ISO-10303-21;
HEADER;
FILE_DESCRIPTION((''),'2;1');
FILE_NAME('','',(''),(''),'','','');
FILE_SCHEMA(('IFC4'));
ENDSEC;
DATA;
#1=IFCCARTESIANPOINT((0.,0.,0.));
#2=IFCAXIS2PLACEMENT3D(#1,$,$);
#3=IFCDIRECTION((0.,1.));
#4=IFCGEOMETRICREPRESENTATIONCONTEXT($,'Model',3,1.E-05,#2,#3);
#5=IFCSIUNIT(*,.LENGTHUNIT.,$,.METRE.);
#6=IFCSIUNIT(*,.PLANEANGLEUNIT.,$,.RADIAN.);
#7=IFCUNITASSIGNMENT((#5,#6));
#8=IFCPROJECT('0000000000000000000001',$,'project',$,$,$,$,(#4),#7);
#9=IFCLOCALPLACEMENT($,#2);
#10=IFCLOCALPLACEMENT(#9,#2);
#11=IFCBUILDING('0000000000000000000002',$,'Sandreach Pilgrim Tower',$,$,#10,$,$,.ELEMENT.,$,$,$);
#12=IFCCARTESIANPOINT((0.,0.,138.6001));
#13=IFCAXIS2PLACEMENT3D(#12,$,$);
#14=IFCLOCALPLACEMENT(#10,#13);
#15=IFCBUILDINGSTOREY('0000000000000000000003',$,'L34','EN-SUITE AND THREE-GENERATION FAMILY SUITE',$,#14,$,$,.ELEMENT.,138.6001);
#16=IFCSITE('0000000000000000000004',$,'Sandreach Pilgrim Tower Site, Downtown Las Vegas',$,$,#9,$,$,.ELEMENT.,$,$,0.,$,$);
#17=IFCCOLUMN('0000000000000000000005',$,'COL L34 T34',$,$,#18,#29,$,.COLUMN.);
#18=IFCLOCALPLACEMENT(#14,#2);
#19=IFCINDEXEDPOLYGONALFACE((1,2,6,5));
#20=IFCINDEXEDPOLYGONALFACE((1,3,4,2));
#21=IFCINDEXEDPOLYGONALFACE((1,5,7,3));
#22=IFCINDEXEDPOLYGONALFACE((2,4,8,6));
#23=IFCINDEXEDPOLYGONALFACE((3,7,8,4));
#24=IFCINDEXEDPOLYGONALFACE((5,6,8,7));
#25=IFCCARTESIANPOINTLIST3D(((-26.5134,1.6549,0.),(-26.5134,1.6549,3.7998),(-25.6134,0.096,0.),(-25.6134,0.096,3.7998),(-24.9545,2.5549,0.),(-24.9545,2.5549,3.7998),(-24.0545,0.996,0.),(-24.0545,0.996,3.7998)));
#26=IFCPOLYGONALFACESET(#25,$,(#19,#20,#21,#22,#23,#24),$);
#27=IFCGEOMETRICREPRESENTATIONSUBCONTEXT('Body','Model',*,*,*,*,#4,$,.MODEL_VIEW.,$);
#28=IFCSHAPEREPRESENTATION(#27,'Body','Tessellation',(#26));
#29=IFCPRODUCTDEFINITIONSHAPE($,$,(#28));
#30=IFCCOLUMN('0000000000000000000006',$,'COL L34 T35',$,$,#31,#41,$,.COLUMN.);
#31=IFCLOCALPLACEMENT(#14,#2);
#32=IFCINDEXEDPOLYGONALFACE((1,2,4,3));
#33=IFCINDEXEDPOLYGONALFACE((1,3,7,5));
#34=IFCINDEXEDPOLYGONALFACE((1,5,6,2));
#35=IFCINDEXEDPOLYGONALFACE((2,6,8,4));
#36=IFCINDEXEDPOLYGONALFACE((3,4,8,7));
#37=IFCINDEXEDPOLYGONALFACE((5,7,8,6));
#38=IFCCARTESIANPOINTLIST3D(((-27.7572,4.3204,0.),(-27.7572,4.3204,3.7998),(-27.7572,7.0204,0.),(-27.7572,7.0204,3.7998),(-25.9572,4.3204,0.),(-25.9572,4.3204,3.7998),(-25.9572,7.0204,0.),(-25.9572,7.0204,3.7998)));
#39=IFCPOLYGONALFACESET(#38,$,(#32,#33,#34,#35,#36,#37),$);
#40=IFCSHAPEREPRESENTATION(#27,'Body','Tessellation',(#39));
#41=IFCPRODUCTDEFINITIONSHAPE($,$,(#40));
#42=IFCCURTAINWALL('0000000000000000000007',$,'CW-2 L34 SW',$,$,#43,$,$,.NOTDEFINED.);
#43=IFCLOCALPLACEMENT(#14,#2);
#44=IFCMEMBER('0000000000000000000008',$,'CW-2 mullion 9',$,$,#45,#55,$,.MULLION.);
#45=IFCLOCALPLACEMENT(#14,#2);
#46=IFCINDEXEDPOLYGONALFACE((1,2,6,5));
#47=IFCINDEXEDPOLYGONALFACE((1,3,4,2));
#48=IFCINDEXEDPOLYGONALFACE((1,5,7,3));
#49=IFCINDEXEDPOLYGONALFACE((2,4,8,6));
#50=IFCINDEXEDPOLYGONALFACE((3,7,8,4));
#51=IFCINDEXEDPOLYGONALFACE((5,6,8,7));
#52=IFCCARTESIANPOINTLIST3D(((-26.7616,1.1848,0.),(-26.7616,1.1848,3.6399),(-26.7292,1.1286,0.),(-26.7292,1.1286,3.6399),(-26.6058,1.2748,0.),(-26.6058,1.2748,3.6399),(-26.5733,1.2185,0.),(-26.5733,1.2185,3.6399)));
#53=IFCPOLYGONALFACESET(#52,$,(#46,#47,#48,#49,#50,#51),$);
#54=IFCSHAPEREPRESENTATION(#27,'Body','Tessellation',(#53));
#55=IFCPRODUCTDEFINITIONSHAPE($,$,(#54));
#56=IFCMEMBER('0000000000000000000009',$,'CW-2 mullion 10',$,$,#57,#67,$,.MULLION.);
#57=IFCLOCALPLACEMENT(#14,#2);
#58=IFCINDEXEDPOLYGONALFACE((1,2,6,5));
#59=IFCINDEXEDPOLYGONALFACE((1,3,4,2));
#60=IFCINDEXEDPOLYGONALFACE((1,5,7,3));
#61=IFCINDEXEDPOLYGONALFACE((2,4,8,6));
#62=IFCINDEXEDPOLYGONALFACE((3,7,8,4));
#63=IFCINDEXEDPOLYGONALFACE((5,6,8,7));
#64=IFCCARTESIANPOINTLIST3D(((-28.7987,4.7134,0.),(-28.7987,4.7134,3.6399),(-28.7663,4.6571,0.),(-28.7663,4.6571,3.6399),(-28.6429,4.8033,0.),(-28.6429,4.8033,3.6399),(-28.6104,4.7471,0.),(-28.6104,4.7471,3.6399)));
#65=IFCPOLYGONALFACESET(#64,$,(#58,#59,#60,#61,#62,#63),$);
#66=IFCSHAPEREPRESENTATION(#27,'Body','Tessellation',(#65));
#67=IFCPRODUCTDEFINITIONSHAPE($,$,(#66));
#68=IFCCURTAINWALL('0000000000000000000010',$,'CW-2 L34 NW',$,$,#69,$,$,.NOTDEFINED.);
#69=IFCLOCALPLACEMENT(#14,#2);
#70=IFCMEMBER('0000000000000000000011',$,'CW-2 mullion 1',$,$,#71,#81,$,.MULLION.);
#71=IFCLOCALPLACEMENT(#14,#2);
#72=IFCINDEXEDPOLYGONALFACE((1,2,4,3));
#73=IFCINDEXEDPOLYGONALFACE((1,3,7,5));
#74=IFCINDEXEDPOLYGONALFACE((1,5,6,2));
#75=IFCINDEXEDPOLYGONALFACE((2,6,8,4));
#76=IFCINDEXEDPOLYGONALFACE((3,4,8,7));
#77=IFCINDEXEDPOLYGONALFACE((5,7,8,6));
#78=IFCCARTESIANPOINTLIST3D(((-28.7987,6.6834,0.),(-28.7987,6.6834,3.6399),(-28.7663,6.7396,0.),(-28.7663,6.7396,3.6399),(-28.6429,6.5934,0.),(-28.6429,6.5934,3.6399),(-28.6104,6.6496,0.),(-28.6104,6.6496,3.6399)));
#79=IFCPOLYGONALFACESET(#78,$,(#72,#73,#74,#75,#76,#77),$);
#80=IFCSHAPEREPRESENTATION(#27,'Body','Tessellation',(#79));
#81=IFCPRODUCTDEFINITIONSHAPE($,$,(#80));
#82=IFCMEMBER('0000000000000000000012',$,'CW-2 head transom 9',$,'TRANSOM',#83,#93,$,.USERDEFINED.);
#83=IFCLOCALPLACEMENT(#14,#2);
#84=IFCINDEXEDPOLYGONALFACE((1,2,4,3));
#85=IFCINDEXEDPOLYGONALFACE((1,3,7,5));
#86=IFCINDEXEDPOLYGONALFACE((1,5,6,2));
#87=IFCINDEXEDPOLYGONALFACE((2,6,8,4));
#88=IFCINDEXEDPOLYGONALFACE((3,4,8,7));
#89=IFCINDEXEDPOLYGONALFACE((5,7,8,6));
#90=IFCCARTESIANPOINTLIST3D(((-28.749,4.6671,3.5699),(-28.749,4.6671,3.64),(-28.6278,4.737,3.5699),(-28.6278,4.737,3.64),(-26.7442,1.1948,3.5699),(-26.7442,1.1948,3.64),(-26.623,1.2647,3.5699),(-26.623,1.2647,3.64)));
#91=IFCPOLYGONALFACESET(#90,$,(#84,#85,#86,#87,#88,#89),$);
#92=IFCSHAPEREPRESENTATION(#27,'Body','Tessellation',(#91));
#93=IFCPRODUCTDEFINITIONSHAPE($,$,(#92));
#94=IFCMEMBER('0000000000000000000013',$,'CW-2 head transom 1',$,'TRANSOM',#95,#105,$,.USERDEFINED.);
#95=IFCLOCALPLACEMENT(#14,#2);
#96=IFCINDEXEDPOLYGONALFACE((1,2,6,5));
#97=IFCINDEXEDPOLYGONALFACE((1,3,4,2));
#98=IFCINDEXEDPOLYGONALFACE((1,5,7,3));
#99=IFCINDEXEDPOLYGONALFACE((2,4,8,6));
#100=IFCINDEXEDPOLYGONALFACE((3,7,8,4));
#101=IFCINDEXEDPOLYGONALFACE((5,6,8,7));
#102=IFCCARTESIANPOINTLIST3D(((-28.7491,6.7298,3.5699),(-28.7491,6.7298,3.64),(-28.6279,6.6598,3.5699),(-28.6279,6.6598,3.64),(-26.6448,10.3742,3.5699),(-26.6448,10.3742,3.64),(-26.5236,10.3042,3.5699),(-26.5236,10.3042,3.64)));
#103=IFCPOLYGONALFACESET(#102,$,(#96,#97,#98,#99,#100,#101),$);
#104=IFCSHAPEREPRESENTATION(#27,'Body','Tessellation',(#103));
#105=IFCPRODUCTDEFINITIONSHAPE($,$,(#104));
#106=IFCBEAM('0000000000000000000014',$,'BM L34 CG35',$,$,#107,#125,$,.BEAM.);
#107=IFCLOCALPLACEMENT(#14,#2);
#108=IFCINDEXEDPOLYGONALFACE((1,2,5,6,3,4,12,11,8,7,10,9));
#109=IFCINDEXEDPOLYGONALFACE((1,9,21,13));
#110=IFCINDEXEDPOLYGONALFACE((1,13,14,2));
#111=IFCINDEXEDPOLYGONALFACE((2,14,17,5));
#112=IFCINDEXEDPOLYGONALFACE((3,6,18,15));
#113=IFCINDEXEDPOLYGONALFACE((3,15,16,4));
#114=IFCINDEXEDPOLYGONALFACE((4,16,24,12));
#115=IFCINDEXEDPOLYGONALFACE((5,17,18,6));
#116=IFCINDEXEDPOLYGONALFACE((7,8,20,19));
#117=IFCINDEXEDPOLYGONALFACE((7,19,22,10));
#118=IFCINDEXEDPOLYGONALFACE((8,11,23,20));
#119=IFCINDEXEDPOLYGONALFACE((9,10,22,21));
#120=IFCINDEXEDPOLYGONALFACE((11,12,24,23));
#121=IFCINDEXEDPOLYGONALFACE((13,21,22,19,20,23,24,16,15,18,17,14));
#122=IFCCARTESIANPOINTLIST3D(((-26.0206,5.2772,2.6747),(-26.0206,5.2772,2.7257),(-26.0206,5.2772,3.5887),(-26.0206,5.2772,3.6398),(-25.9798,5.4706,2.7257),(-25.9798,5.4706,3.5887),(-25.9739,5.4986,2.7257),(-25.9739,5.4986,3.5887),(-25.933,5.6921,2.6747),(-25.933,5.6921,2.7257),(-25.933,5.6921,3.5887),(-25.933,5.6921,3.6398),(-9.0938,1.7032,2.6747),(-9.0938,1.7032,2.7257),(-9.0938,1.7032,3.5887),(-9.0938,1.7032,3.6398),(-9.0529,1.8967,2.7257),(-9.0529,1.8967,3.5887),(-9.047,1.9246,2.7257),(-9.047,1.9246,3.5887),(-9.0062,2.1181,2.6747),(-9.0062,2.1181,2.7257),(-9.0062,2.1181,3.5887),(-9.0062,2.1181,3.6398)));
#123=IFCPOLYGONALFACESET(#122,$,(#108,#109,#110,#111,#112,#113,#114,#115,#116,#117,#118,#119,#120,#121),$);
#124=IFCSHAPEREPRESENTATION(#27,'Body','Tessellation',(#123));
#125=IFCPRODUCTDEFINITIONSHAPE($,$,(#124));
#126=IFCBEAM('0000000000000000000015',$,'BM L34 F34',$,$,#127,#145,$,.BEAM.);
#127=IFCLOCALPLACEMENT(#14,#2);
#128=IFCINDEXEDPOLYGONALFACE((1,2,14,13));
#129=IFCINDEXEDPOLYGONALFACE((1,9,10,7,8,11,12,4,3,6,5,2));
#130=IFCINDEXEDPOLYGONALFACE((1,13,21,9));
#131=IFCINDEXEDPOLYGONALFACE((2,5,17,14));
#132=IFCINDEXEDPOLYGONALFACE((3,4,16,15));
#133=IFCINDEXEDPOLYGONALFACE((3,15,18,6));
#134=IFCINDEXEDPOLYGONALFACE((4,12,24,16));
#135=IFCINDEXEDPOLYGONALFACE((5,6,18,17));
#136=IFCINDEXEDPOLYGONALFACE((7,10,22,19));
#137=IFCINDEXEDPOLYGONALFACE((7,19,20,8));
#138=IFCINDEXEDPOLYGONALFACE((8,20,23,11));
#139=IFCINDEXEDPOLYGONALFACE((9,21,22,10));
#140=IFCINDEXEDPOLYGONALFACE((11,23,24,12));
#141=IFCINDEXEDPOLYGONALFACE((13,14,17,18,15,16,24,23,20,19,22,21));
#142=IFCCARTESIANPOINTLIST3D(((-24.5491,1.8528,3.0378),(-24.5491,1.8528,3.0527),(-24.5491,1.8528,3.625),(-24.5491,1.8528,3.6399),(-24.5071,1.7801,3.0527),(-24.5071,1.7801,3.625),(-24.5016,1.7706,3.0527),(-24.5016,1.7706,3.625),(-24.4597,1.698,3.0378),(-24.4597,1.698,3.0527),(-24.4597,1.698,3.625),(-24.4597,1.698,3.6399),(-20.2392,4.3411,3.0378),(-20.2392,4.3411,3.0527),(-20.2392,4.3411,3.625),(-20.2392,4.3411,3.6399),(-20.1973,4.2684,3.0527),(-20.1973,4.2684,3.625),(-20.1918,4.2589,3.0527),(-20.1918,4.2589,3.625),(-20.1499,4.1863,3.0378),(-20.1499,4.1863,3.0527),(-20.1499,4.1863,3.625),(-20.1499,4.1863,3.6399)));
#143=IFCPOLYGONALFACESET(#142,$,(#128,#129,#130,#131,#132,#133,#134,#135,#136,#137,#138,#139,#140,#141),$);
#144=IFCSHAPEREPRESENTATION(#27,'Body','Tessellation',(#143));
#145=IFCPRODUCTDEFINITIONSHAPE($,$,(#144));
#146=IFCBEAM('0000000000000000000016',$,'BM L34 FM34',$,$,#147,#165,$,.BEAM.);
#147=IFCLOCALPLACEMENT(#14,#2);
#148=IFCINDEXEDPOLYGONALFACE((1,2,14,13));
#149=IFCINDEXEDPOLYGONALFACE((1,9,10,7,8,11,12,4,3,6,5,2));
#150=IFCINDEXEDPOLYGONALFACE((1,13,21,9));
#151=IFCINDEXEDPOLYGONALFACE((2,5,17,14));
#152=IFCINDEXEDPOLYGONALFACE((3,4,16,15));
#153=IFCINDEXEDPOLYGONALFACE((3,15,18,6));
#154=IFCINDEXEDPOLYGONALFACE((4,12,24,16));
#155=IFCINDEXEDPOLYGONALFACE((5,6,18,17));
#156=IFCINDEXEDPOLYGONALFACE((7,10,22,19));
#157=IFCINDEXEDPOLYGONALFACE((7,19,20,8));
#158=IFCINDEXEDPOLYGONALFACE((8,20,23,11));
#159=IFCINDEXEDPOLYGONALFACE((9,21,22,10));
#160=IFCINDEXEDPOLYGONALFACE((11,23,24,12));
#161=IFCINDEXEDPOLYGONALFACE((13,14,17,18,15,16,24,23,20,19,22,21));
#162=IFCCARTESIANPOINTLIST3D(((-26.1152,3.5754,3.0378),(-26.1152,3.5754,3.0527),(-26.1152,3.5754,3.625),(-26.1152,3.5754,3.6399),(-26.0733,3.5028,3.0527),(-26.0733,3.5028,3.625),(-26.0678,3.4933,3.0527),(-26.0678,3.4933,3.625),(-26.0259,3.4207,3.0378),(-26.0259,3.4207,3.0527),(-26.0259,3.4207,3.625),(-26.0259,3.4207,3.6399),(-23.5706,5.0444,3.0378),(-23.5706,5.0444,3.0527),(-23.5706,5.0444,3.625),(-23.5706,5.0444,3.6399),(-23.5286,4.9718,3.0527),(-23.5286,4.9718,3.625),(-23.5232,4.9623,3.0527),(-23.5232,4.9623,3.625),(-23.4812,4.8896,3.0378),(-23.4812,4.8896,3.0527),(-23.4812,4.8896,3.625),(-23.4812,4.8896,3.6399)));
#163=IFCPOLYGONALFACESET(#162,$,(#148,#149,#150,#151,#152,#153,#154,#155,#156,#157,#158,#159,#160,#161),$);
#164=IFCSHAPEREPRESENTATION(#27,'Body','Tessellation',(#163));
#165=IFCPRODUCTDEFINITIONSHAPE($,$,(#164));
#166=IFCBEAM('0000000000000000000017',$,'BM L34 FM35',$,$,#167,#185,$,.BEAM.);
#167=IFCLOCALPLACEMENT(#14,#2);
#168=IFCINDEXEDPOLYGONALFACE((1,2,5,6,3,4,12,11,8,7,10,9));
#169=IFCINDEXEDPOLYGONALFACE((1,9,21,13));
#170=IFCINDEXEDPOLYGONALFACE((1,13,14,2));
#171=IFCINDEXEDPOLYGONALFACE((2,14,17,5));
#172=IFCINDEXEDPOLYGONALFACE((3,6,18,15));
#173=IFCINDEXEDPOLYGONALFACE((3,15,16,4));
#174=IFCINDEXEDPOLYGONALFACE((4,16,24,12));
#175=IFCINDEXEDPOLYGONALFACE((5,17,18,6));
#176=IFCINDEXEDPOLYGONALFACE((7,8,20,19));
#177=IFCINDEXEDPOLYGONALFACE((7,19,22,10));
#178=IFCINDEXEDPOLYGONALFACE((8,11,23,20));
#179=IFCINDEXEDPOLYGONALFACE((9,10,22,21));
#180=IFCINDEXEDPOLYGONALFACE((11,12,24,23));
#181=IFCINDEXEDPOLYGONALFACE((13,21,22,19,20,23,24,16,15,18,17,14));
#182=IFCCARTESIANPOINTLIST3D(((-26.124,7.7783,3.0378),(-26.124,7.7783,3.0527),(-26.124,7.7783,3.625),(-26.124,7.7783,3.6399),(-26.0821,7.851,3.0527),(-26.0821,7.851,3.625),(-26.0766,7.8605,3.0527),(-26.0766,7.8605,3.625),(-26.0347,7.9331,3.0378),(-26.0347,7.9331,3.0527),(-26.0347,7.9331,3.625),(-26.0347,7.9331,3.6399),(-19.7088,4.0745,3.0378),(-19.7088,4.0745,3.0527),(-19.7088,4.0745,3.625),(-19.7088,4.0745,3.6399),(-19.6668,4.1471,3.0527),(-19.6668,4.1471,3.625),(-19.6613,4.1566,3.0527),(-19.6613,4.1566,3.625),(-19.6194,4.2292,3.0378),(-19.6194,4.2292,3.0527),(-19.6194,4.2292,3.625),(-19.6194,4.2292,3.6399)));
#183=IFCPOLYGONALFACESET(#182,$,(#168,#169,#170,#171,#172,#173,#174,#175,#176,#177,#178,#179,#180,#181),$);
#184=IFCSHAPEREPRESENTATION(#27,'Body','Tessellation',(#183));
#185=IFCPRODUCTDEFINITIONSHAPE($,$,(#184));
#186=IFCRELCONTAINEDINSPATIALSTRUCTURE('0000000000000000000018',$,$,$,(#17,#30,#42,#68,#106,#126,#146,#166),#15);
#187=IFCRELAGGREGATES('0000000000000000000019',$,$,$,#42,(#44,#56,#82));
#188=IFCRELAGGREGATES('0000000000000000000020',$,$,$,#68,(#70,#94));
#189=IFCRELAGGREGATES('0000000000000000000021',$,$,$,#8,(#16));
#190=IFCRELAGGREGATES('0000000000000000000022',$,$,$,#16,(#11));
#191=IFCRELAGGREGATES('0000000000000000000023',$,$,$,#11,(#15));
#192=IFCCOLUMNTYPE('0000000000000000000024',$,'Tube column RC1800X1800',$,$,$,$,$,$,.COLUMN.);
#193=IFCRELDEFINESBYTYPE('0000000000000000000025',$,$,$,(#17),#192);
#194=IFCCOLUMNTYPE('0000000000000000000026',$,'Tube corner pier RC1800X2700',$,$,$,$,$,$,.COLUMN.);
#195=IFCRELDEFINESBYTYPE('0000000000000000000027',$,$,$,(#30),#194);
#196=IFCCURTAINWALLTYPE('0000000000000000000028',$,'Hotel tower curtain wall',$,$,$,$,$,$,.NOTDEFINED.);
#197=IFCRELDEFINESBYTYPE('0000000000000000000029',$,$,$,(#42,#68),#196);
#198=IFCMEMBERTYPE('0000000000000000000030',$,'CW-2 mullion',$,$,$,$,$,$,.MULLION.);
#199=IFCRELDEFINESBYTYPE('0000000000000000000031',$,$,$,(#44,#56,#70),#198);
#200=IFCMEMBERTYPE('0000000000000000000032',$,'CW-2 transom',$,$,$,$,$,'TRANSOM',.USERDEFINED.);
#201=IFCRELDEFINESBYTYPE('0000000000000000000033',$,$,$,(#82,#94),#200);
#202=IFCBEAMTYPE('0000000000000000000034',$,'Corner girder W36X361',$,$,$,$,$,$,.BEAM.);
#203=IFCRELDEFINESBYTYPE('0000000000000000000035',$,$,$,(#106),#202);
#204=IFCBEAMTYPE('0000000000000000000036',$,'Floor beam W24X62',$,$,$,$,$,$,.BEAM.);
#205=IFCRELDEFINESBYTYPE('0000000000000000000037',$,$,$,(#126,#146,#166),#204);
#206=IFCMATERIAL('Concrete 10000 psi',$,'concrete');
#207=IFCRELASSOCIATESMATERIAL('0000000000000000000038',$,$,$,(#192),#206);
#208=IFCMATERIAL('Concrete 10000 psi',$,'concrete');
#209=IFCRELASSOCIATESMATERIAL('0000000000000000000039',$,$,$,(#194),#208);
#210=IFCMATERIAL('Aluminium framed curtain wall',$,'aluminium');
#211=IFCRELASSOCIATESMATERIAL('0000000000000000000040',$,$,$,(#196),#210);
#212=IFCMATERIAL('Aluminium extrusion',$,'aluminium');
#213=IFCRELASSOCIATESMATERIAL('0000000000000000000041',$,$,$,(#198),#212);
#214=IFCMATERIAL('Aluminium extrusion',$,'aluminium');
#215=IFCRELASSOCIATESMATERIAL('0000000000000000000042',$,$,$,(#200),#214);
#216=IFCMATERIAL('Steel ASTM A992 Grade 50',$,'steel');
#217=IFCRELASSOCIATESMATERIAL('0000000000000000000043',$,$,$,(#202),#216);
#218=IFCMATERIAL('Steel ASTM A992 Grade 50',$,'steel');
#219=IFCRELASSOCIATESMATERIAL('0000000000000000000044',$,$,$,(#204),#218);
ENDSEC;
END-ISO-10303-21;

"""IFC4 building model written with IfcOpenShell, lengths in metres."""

from ifc_helpers import new_model, si_unit, direction, frame, origin, origin_2d, place, context, subcontext, project, spatial, rectangle, i_section, extrude, material, material_profile, profile_set, type_object, element, aggregate, save


model = new_model("IFC4")

# Units and contexts
model_context = context("Model", 3, precision=1e-05, world=origin(), true_north=direction((0.0, 1.0)))
body_context = subcontext(model_context, "Body", "Model", "MODEL_VIEW")
ifc_project = project(units=[si_unit("LENGTHUNIT", "METRE"), si_unit("PLANEANGLEUNIT", "RADIAN")], contexts=[model_context])

# Site, building, storey
site_placement = place(None, origin())
site = spatial("IfcSite", under=ifc_project, at=site_placement, Name="Sandreach Pilgrim Tower Site, Downtown Las Vegas", CompositionType="ELEMENT", RefElevation=0.0)
building_placement = place(site_placement, origin())
building = spatial("IfcBuilding", under=site, at=building_placement, Name="Sandreach Pilgrim Tower", CompositionType="ELEMENT")
storey_placement = place(building_placement, frame((0.0, 0.0, 138.6001)))
storey = spatial("IfcBuildingStorey", under=building, at=storey_placement, Name="L34", Description="EN-SUITE AND THREE-GENERATION FAMILY SUITE", CompositionType="ELEMENT", Elevation=138.6001)

# Columns
ifc_material_1 = material(Name="Concrete 10000 psi", Category="concrete")
ifc_material_profile_1 = material_profile(ifc_material_1, rectangle(XDim=1.8, YDim=1.8, at=origin_2d()), Name="RC1800X1800")
ifc_profile_set_1 = profile_set([ifc_material_profile_1], Name="Concrete 10000 psi")
column_type_1 = type_object("IfcColumnType", Name="Tube column RC1800X1800", PredefinedType="COLUMN", material=ifc_profile_set_1)
column_1_placement = place(storey_placement, frame((-25.2839, 1.3254, 0.0), z_axis=(0.0, 0.0, 1.0), x_axis=(-0.866025, -0.5, 0.0)))
element("IfcColumn", 1, at=column_1_placement, inside=storey, type_object=column_type_1, Name="COL L34 T34", PredefinedType="COLUMN", context=body_context, shape_type="SweptSolid", body=[
    extrude(rectangle(XDim=1.8, YDim=1.8, at=origin_2d()), origin(), (0.0, 0.0, 1.0), 3.7998),
])
ifc_material_2 = material(Name="Concrete 10000 psi", Category="concrete")
ifc_material_profile_2 = material_profile(ifc_material_2, rectangle(XDim=1.8, YDim=2.7, at=origin_2d()), Name="RC1800X2700")
ifc_profile_set_2 = profile_set([ifc_material_profile_2], Name="Concrete 10000 psi")
column_type_2 = type_object("IfcColumnType", Name="Tube corner pier RC1800X2700", PredefinedType="COLUMN", material=ifc_profile_set_2)
column_2_placement = place(storey_placement, frame((-26.8572, 5.6704, 0.0), z_axis=(0.0, 0.0, 1.0), x_axis=(-1.0, 0.0, 0.0)))
element("IfcColumn", 2, at=column_2_placement, inside=storey, type_object=column_type_2, Name="COL L34 T35", PredefinedType="COLUMN", context=body_context, shape_type="SweptSolid", body=[
    extrude(rectangle(XDim=1.8, YDim=2.7, at=origin_2d()), origin(), (0.0, 0.0, 1.0), 3.7998),
])

# Curtain wall, members
ifc_material_3 = material(Name="Aluminium framed curtain wall", Category="aluminium")
curtain_wall_type = type_object("IfcCurtainWallType", Name="Hotel tower curtain wall", PredefinedType="NOTDEFINED", material=ifc_material_3)
curtain_wall_1_placement = place(storey_placement, origin())
curtain_wall_1 = element("IfcCurtainWall", 3, at=curtain_wall_1_placement, inside=storey, type_object=curtain_wall_type, Name="CW-2 L34 SW", PredefinedType="NOTDEFINED")
ifc_material_4 = material(Name="Aluminium extrusion", Category="aluminium")
ifc_material_profile_3 = material_profile(ifc_material_4, rectangle(XDim=0.0649, YDim=0.1799, at=origin_2d()), Name="CW-2M 65X180")
ifc_profile_set_3 = profile_set([ifc_material_profile_3], Name="Aluminium extrusion")
member_type_1 = type_object("IfcMemberType", Name="CW-2 mullion", PredefinedType="MULLION", material=ifc_profile_set_3)
member_1_placement = place(storey_placement, frame((-26.6675, 1.2017, 0.0), z_axis=(0.0, 0.0, 1.0), x_axis=(-0.5, 0.866025, 0.0)))
member_1 = element("IfcMember", 4, at=member_1_placement, type_object=member_type_1, Name="CW-2 mullion 9", PredefinedType="MULLION", context=body_context, shape_type="SweptSolid", body=[
    extrude(rectangle(XDim=0.0649, YDim=0.1799, at=origin_2d()), origin(), (0.0, 0.0, 1.0), 3.6399),
])
member_2_placement = place(storey_placement, frame((-28.7046, 4.7302, 0.0), z_axis=(0.0, 0.0, 1.0), x_axis=(-0.5, 0.866025, 0.0)))
member_2 = element("IfcMember", 5, at=member_2_placement, type_object=member_type_1, Name="CW-2 mullion 10", PredefinedType="MULLION", context=body_context, shape_type="SweptSolid", body=[
    extrude(rectangle(XDim=0.0649, YDim=0.1799, at=origin_2d()), origin(), (0.0, 0.0, 1.0), 3.6399),
])

# Curtain wall, member
curtain_wall_2_placement = place(storey_placement, origin())
curtain_wall_2 = element("IfcCurtainWall", 6, at=curtain_wall_2_placement, inside=storey, type_object=curtain_wall_type, Name="CW-2 L34 NW", PredefinedType="NOTDEFINED")
member_3_placement = place(storey_placement, frame((-28.7046, 6.6665, 0.0), z_axis=(0.0, 0.0, 1.0), x_axis=(0.5, 0.866025, 0.0)))
member_3 = element("IfcMember", 7, at=member_3_placement, type_object=member_type_1, Name="CW-2 mullion 1", PredefinedType="MULLION", context=body_context, shape_type="SweptSolid", body=[
    extrude(rectangle(XDim=0.0649, YDim=0.1799, at=origin_2d()), origin(), (0.0, 0.0, 1.0), 3.6399),
])

# Members
ifc_material_5 = material(Name="Aluminium extrusion", Category="aluminium")
ifc_material_profile_4 = material_profile(ifc_material_5, rectangle(XDim=0.1399, YDim=0.0701, at=origin_2d()), Name="CW-2T 140X70")
ifc_profile_set_4 = profile_set([ifc_material_profile_4], Name="Aluminium extrusion")
member_type_2 = type_object("IfcMemberType", Name="CW-2 transom", ElementType="TRANSOM", PredefinedType="USERDEFINED", material=ifc_profile_set_4)
member_4_placement = place(storey_placement, frame((-26.6836, 1.2297, 3.605), z_axis=(-0.500016, 0.866016, 0.0), x_axis=(-0.866016, -0.500016, 0.0)))
member_4 = element("IfcMember", 8, at=member_4_placement, type_object=member_type_2, Name="CW-2 head transom 9", ObjectType="TRANSOM", PredefinedType="USERDEFINED", context=body_context, shape_type="SweptSolid", body=[
    extrude(rectangle(XDim=0.1399, YDim=0.0701, at=origin_2d()), origin(), (0.0, 0.0, 1.0), 4.0095),
])
member_5_placement = place(storey_placement, frame((-28.6885, 6.6948, 3.605), z_axis=(0.500039, 0.866003, 0.0), x_axis=(-0.866003, 0.500039, 0.0)))
member_5 = element("IfcMember", 9, at=member_5_placement, type_object=member_type_2, Name="CW-2 head transom 1", ObjectType="TRANSOM", PredefinedType="USERDEFINED", context=body_context, shape_type="SweptSolid", body=[
    extrude(rectangle(XDim=0.1399, YDim=0.0701, at=origin_2d()), origin(), (0.0, 0.0, 1.0), 4.2083),
])

# Beams
ifc_material_6 = material(Name="Steel ASTM A992 Grade 50", Category="steel")
ifc_material_profile_5 = material_profile(ifc_material_6, i_section(OverallWidth=0.4241, OverallDepth=0.9651, WebThickness=0.0286, FlangeThickness=0.051, at=origin_2d()), Name="W36X361")
ifc_profile_set_5 = profile_set([ifc_material_profile_5], Name="Steel ASTM A992 Grade 50")
beam_type_1 = type_object("IfcBeamType", Name="Corner girder W36X361", PredefinedType="BEAM", material=ifc_profile_set_5)
beam_1_placement = place(storey_placement, frame((-25.9768, 5.4846, 3.1572), z_axis=(0.978428, -0.206589, 0.0), x_axis=(0.206589, 0.978428, 0.0)))
element("IfcBeam", 10, at=beam_1_placement, inside=storey, type_object=beam_type_1, Name="BM L34 CG35", PredefinedType="BEAM", context=body_context, shape_type="SweptSolid", body=[
    extrude(i_section(OverallWidth=0.4241, OverallDepth=0.9651, WebThickness=0.0286, FlangeThickness=0.051, at=origin_2d()), origin(), (0.0, 0.0, 1.0), 17.3),
])
ifc_material_7 = material(Name="Steel ASTM A992 Grade 50", Category="steel")
ifc_material_profile_6 = material_profile(ifc_material_7, i_section(OverallWidth=0.1787, OverallDepth=0.6021, WebThickness=0.011, FlangeThickness=0.0149, at=origin_2d()), Name="W24X62")
ifc_profile_set_6 = profile_set([ifc_material_profile_6], Name="Steel ASTM A992 Grade 50")
beam_type_2 = type_object("IfcBeamType", Name="Floor beam W24X62", PredefinedType="BEAM", material=ifc_profile_set_6)
beam_2_placement = place(storey_placement, frame((-24.5044, 1.7754, 3.3389), z_axis=(0.866025, 0.500001, 0.0), x_axis=(-0.500001, 0.866025, 0.0)))
element("IfcBeam", 11, at=beam_2_placement, inside=storey, type_object=beam_type_2, Name="BM L34 F34", PredefinedType="BEAM", context=body_context, shape_type="SweptSolid", body=[
    extrude(i_section(OverallWidth=0.1787, OverallDepth=0.6021, WebThickness=0.011, FlangeThickness=0.0149, at=origin_2d()), origin(), (0.0, 0.0, 1.0), 4.9766),
])
beam_3_placement = place(storey_placement, frame((-26.0706, 3.498, 3.3389), z_axis=(0.866051, 0.499955, 0.0), x_axis=(-0.499955, 0.866051, 0.0)))
element("IfcBeam", 12, at=beam_3_placement, inside=storey, type_object=beam_type_2, Name="BM L34 FM34", PredefinedType="BEAM", context=body_context, shape_type="SweptSolid", body=[
    extrude(i_section(OverallWidth=0.1787, OverallDepth=0.6021, WebThickness=0.011, FlangeThickness=0.0149, at=origin_2d()), origin(), (0.0, 0.0, 1.0), 2.9382),
])
beam_4_placement = place(storey_placement, frame((-26.0793, 7.8557, 3.3389), z_axis=(0.866026, -0.499999, 0.0), x_axis=(0.499999, 0.866026, 0.0)))
element("IfcBeam", 13, at=beam_4_placement, inside=storey, type_object=beam_type_2, Name="BM L34 FM35", PredefinedType="BEAM", context=body_context, shape_type="SweptSolid", body=[
    extrude(i_section(OverallWidth=0.1787, OverallDepth=0.6021, WebThickness=0.011, FlangeThickness=0.0149, at=origin_2d()), origin(), (0.0, 0.0, 1.0), 7.4077),
])

aggregate(curtain_wall_1, [member_1, member_2, member_4])
aggregate(curtain_wall_2, [member_3, member_5])

save(model, "model.ifc")
